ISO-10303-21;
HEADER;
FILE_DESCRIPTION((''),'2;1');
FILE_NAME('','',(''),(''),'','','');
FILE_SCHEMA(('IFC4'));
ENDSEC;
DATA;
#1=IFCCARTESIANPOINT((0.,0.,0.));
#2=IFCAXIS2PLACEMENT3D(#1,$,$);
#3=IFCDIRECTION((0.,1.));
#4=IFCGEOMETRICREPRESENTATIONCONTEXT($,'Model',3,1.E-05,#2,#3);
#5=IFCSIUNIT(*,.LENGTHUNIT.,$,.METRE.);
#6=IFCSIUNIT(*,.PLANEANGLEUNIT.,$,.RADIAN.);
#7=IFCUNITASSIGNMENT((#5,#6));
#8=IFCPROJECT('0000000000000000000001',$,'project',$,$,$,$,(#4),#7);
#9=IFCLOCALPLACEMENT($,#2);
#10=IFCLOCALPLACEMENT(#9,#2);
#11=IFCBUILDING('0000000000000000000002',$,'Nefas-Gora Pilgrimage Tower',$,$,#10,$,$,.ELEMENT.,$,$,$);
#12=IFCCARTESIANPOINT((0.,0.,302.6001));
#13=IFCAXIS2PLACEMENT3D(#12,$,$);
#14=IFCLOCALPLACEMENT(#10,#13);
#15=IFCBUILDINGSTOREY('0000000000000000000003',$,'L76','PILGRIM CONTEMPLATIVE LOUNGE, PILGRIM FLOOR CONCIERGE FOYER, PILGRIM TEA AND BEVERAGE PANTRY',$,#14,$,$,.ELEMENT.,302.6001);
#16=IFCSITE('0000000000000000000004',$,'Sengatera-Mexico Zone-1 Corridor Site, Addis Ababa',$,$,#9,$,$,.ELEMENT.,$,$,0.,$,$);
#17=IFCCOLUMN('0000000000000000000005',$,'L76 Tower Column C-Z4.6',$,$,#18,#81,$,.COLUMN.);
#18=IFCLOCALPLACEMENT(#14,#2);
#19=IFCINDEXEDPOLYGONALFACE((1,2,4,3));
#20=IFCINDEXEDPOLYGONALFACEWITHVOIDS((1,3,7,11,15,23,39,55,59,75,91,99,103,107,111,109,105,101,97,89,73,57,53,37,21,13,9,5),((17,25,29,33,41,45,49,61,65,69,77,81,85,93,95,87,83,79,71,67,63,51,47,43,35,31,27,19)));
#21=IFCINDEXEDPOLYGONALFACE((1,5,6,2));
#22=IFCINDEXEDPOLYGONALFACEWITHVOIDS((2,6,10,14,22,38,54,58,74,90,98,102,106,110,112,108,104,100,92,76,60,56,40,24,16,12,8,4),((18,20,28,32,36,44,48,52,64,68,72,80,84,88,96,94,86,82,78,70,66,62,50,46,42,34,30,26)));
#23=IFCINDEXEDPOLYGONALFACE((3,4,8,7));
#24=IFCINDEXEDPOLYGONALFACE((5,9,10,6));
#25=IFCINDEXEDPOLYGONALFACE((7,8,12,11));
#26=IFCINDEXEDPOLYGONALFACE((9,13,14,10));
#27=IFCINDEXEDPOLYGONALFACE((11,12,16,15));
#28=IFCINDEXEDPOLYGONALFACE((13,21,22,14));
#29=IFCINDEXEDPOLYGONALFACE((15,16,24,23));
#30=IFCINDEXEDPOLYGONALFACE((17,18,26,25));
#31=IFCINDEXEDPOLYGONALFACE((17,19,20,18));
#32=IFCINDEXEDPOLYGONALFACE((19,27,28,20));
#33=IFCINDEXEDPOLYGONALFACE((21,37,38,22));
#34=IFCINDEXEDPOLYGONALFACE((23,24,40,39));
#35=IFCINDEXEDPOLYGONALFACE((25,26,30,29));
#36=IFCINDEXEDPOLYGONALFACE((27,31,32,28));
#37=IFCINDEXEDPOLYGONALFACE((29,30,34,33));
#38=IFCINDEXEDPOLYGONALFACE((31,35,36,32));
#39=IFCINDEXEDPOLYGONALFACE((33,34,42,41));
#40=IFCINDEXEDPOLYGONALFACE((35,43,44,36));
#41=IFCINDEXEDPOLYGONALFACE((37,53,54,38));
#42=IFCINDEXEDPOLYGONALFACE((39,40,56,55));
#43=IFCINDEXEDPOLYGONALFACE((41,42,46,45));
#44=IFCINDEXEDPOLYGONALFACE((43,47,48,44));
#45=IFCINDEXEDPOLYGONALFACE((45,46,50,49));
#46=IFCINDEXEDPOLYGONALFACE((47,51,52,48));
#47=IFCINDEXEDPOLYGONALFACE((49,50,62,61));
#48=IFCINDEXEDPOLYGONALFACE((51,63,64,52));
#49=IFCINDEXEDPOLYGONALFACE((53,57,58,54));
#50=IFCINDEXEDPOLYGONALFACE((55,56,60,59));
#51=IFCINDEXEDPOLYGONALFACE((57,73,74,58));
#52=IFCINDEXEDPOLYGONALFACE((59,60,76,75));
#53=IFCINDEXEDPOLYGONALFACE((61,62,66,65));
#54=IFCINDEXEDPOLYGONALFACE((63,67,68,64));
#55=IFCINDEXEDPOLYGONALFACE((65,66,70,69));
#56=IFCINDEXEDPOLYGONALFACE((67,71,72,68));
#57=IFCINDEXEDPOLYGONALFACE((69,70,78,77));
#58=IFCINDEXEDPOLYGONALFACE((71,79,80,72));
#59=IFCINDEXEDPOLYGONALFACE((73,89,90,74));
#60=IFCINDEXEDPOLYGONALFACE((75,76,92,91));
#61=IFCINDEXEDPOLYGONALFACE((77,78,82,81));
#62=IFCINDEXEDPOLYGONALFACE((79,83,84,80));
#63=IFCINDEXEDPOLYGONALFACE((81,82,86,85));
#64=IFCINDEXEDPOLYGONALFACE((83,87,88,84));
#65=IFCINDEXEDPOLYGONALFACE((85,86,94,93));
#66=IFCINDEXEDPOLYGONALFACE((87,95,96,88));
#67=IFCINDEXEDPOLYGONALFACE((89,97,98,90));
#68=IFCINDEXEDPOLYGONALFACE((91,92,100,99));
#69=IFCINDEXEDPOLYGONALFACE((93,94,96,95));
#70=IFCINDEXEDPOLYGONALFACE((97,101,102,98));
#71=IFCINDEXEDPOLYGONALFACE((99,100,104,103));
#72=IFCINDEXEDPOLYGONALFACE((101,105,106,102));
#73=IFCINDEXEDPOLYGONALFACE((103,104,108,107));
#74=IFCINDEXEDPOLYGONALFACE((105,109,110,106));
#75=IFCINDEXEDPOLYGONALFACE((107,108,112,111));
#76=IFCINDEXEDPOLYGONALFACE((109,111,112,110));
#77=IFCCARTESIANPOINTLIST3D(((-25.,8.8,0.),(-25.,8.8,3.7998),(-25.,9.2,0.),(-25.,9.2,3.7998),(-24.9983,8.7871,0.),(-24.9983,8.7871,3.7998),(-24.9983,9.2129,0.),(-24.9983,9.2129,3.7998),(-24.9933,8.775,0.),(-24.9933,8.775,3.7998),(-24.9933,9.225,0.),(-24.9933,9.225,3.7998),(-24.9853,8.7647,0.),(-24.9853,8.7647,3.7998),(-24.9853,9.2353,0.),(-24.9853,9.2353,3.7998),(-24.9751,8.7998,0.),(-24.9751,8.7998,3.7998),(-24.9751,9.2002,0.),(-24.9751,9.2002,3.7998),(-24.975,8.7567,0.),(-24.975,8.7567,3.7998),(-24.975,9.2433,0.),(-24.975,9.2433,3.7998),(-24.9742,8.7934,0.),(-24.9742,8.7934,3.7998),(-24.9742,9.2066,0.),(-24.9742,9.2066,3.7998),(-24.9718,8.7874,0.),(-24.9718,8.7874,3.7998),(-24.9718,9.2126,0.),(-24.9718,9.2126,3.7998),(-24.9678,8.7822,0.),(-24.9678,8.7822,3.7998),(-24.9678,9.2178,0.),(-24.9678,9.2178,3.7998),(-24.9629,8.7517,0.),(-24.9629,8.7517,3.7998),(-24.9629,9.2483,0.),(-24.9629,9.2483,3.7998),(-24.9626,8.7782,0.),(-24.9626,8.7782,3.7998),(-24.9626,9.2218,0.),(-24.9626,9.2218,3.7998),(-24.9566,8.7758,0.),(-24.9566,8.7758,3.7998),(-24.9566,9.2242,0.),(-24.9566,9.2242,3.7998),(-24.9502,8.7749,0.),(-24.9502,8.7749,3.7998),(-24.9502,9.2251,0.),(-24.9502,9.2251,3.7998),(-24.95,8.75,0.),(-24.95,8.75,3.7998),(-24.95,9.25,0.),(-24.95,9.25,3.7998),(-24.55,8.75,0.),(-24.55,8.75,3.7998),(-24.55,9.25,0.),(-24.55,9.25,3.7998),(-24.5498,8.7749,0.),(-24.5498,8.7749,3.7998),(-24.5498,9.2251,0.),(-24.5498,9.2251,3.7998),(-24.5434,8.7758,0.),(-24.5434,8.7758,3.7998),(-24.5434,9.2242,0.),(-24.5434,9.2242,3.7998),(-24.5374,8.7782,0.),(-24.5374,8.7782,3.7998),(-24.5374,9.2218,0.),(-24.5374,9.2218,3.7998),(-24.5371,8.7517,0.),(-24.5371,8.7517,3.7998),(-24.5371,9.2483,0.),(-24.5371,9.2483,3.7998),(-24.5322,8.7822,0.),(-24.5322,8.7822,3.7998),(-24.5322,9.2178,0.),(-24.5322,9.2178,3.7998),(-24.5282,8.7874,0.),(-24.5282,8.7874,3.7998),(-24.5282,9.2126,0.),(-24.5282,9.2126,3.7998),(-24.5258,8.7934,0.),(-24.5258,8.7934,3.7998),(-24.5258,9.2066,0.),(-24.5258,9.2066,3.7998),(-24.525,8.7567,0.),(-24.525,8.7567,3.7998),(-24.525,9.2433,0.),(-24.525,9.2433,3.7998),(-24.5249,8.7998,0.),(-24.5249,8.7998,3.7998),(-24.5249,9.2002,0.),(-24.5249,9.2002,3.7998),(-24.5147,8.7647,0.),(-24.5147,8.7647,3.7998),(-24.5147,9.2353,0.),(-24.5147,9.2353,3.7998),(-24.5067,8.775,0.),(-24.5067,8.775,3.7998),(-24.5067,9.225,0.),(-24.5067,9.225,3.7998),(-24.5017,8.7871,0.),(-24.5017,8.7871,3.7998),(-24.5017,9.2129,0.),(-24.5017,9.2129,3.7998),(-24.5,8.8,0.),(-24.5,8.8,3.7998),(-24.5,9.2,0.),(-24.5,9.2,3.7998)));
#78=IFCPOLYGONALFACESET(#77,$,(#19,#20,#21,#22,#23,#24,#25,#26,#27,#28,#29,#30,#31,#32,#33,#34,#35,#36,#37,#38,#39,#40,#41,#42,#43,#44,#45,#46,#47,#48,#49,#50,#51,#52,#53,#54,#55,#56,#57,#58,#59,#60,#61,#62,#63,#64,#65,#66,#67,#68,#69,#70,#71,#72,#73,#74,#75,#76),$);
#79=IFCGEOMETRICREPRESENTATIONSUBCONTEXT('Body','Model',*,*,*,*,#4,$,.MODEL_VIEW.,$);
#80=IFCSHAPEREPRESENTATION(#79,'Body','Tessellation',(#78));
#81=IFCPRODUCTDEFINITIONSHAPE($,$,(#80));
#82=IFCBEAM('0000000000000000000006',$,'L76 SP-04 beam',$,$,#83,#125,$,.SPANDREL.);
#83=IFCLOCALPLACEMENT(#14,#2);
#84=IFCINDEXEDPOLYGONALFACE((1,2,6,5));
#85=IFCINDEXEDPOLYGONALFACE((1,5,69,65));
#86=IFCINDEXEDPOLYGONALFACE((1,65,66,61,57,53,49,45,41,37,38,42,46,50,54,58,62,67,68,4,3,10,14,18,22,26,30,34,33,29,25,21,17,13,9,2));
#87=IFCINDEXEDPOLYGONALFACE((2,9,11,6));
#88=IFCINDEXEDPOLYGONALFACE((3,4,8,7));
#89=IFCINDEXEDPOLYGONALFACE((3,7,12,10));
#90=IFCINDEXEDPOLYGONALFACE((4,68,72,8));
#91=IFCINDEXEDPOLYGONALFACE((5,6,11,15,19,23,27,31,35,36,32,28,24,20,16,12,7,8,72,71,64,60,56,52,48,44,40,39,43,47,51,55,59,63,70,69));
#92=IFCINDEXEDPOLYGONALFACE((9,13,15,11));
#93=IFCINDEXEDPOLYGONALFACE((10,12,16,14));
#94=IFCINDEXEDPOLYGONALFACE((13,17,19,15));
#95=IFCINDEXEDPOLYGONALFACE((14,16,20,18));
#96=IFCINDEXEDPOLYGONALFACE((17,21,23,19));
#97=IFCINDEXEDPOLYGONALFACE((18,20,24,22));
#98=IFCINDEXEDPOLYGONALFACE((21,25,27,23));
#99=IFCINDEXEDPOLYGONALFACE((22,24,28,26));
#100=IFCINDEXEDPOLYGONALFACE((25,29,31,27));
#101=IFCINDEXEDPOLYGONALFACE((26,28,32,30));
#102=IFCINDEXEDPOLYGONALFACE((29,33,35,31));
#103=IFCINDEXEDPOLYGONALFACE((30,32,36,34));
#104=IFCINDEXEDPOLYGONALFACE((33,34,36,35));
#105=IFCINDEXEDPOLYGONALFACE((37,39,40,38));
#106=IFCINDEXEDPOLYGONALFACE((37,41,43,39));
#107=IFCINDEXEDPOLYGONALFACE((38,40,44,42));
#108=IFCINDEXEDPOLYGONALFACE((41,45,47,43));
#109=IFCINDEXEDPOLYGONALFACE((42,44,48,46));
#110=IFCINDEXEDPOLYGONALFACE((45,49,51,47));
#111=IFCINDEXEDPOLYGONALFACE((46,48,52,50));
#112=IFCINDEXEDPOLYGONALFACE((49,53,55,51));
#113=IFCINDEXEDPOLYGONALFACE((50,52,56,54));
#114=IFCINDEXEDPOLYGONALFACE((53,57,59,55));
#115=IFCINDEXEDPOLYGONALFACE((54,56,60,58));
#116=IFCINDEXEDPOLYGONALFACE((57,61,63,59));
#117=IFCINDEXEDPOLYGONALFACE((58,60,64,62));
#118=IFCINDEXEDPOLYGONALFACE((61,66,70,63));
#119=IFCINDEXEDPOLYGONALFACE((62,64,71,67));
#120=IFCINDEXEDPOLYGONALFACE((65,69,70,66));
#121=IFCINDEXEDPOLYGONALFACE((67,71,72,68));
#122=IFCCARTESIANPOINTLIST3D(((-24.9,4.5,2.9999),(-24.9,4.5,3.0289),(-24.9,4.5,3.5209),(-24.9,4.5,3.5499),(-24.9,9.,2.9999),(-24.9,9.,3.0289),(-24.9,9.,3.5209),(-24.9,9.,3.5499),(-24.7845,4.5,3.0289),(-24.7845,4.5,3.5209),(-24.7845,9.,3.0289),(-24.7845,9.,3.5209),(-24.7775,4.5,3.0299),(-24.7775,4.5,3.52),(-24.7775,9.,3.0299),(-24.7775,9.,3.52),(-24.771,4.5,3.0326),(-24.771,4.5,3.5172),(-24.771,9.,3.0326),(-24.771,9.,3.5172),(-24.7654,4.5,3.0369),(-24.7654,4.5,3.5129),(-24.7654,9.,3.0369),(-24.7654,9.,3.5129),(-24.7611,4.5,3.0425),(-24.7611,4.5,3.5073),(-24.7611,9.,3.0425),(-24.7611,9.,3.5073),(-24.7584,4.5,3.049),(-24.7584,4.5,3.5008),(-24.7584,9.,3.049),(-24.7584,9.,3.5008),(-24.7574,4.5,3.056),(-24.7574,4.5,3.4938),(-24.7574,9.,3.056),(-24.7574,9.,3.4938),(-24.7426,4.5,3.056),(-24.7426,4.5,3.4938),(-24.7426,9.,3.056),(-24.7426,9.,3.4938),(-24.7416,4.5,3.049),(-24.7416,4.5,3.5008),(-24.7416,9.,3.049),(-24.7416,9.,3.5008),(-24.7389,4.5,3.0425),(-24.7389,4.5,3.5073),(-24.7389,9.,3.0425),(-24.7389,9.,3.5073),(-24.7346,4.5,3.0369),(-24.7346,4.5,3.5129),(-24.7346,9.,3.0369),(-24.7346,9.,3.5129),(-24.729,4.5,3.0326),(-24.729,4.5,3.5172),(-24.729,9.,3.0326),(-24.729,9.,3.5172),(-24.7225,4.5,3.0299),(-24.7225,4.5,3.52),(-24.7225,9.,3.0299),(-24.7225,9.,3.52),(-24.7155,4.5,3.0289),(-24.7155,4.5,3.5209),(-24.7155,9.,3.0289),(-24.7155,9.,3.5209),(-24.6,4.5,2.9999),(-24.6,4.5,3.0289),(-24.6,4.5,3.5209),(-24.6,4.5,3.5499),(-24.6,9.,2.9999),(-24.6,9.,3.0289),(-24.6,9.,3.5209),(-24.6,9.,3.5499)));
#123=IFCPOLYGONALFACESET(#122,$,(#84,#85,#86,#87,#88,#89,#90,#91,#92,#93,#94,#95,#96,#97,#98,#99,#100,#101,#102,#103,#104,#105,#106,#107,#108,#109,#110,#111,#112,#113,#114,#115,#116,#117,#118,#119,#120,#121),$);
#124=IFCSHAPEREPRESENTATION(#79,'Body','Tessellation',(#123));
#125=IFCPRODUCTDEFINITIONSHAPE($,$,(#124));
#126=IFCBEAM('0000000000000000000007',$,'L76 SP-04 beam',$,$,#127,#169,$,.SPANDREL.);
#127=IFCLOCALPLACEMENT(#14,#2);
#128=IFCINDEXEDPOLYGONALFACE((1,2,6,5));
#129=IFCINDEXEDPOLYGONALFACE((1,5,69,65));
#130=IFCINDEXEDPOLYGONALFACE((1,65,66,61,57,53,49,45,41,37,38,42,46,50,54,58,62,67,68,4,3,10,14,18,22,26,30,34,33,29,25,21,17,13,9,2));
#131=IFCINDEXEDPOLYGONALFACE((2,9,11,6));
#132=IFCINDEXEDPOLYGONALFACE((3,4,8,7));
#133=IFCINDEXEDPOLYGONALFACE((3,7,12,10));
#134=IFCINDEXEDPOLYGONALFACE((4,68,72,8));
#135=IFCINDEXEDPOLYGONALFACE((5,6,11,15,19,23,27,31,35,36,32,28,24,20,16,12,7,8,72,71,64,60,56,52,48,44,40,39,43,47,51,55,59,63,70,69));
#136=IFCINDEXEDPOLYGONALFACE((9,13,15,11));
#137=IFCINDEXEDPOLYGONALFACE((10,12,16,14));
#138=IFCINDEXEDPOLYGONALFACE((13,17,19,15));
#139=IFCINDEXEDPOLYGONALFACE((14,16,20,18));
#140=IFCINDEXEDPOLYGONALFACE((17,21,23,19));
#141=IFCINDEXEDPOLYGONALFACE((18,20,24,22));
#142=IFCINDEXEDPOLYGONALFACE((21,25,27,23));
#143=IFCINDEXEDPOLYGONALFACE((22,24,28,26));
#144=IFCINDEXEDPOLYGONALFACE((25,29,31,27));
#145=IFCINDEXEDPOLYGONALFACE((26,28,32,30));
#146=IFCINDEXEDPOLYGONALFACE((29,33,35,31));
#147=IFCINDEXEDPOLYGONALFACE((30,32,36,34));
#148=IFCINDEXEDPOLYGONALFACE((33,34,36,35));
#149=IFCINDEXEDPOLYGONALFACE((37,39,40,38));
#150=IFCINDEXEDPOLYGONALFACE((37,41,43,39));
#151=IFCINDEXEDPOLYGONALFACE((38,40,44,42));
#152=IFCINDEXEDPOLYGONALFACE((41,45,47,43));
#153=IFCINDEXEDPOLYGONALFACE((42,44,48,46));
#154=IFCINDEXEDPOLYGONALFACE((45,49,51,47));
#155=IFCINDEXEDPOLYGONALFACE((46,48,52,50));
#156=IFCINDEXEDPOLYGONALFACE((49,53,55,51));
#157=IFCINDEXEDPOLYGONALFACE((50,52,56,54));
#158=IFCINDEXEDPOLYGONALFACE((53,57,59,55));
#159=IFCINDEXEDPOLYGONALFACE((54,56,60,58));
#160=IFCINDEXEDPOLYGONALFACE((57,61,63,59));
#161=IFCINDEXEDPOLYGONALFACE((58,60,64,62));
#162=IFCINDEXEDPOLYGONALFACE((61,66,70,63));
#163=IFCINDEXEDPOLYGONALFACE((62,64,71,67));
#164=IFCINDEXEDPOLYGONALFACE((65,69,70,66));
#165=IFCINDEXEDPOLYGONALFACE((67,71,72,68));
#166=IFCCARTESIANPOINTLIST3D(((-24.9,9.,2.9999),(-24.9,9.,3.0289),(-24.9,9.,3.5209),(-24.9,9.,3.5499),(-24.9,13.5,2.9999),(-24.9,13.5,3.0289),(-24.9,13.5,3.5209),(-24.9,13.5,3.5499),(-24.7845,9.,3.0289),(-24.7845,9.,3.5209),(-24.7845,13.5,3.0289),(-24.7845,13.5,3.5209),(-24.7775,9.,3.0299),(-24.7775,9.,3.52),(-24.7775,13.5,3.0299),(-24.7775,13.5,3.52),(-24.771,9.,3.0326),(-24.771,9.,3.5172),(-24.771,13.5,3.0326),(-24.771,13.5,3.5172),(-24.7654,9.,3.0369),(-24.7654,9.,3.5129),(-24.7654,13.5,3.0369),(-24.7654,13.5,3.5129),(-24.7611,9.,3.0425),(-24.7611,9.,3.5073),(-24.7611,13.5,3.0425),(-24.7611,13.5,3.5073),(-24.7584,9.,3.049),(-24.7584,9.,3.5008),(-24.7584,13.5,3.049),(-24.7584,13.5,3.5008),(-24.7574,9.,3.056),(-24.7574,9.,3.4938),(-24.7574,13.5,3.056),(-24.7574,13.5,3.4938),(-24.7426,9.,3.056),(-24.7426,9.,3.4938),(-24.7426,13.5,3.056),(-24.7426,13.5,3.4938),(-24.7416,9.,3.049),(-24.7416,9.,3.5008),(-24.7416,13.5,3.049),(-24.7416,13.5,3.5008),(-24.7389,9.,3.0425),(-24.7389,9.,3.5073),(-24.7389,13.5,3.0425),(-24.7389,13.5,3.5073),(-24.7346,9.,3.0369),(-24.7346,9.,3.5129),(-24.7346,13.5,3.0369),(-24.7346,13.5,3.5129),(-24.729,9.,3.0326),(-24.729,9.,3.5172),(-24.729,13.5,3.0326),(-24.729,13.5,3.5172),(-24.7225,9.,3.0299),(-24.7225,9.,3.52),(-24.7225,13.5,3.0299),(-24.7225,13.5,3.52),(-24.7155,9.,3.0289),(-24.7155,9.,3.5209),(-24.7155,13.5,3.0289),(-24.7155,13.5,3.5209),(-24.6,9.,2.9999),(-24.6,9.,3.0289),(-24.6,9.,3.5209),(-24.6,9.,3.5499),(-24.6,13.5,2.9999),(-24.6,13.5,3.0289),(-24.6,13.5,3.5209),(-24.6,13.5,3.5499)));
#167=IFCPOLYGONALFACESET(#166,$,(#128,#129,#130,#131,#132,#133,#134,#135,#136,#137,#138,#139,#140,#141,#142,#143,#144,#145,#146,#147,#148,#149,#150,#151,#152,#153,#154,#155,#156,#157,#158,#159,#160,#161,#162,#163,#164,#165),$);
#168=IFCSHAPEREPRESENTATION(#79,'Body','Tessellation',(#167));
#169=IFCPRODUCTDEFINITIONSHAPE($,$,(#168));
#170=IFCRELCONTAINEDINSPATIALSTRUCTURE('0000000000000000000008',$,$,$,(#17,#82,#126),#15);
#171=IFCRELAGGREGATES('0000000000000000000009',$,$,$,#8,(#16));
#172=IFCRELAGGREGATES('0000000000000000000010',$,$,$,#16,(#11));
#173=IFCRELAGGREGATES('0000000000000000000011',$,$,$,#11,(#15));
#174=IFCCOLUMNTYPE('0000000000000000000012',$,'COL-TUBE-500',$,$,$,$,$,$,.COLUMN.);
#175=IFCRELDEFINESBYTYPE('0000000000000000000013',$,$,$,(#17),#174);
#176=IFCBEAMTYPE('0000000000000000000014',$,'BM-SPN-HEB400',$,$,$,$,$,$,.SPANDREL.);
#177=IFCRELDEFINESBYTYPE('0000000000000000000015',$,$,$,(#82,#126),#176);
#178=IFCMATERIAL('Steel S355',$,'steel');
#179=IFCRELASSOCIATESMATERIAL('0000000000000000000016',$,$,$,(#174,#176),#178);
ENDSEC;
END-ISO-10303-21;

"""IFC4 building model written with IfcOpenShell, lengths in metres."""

from ifc_helpers import new_model, si_unit, direction, frame, origin, origin_2d, place, context, subcontext, project, spatial, hollow_rectangle, i_section, extrude, source, transform, mapped, material, material_profile, profile_set, type_object, element, save


model = new_model("IFC4")

# Units and contexts
model_context = context("Model", 3, precision=1e-05, world=origin(), true_north=direction((0.0, 1.0)))
body_context = subcontext(model_context, "Body", "Model", "MODEL_VIEW")
ifc_project = project(units=[si_unit("LENGTHUNIT", "METRE"), si_unit("PLANEANGLEUNIT", "RADIAN")], contexts=[model_context])

# Site, building, storey
site_placement = place(None, origin())
site = spatial("IfcSite", under=ifc_project, at=site_placement, Name="Sengatera-Mexico Zone-1 Corridor Site, Addis Ababa", CompositionType="ELEMENT", RefElevation=0.0)
building_placement = place(site_placement, origin())
building = spatial("IfcBuilding", under=site, at=building_placement, Name="Nefas-Gora Pilgrimage Tower", CompositionType="ELEMENT")
storey_placement = place(building_placement, frame((0.0, 0.0, 302.6001)))
storey = spatial("IfcBuildingStorey", under=building, at=storey_placement, Name="L76", Description="PILGRIM CONTEMPLATIVE LOUNGE, PILGRIM FLOOR CONCIERGE FOYER, PILGRIM TEA AND BEVERAGE PANTRY", CompositionType="ELEMENT", Elevation=302.6001)

# Column
ifc_material_1 = material(Name="Steel S355", Category="steel")
ifc_material_profile_1 = material_profile(ifc_material_1, hollow_rectangle(XDim=0.5, YDim=0.5, WallThickness=0.0249, InnerFilletRadius=0.0249, OuterFilletRadius=0.05, at=origin_2d()), Name="SHS 500x500x25")
ifc_profile_set_1 = profile_set([ifc_material_profile_1], Name="Steel S355")
column_type_1 = type_object("IfcColumnType", Name="COL-TUBE-500", PredefinedType="COLUMN", material=ifc_profile_set_1)
shared_shape_1 = source(origin(), body_context, "Body", "SweptSolid", [
    extrude(hollow_rectangle(XDim=0.5, YDim=0.5, WallThickness=0.0249, InnerFilletRadius=0.0249, OuterFilletRadius=0.05, at=origin_2d()), origin(), (0.0, 0.0, 1.0), 3.7998),
])
for number, where, z_axis, x_axis, name in (
    (1, (-24.75, 9.0, 0.0), (0.0, 0.0, 1.0), (1.0, 0.0, 0.0), "L76 Tower Column C-Z4.6"),
):
    element("IfcColumn", number, at=place(storey_placement, frame(where, z_axis=z_axis, x_axis=x_axis)), inside=storey, type_object=column_type_1, Name=name, PredefinedType="COLUMN", context=body_context, shape_type="MappedRepresentation", body=[
        mapped(shared_shape_1, transform((0.0, 0.0, 0.0), x_axis=(1.0, 0.0, 0.0), y_axis=(0.0, 1.0, 0.0), z_axis=(0.0, 0.0, 1.0), scale=1.0)),
    ])

# Beams
ifc_material_profile_2 = material_profile(ifc_material_1, i_section(OverallWidth=0.3, OverallDepth=0.55, WebThickness=0.0149, FlangeThickness=0.0291, FilletRadius=0.0271, at=origin_2d()), Name="HEB 550")
ifc_profile_set_2 = profile_set([ifc_material_profile_2], Name="Steel S355")
beam_type_1 = type_object("IfcBeamType", Name="BM-SPN-HEB400", PredefinedType="SPANDREL", material=ifc_profile_set_2)
shared_shape_2 = source(origin(), body_context, "Body", "SweptSolid", [
    extrude(i_section(OverallWidth=0.3, OverallDepth=0.55, WebThickness=0.0149, FlangeThickness=0.0291, FilletRadius=0.0271, at=origin_2d()), origin(), (0.0, 0.0, 1.0), 4.5),
])
for number, where, z_axis, x_axis, name in (
    (2, (-24.75, 4.5, 3.2749), (0.0, 1.0, 0.0), (-1.0, 0.0, 0.0), "L76 SP-04 beam"),
    (3, (-24.75, 9.0, 3.2749), (0.0, 1.0, 0.0), (-1.0, 0.0, 0.0), "L76 SP-04 beam"),
):
    element("IfcBeam", number, at=place(storey_placement, frame(where, z_axis=z_axis, x_axis=x_axis)), inside=storey, type_object=beam_type_1, Name=name, PredefinedType="SPANDREL", context=body_context, shape_type="MappedRepresentation", body=[
        mapped(shared_shape_2, transform((0.0, 0.0, 0.0), x_axis=(1.0, 0.0, 0.0), y_axis=(0.0, 1.0, 0.0), z_axis=(0.0, 0.0, 1.0), scale=1.0)),
    ])

save(model, "model.ifc")
